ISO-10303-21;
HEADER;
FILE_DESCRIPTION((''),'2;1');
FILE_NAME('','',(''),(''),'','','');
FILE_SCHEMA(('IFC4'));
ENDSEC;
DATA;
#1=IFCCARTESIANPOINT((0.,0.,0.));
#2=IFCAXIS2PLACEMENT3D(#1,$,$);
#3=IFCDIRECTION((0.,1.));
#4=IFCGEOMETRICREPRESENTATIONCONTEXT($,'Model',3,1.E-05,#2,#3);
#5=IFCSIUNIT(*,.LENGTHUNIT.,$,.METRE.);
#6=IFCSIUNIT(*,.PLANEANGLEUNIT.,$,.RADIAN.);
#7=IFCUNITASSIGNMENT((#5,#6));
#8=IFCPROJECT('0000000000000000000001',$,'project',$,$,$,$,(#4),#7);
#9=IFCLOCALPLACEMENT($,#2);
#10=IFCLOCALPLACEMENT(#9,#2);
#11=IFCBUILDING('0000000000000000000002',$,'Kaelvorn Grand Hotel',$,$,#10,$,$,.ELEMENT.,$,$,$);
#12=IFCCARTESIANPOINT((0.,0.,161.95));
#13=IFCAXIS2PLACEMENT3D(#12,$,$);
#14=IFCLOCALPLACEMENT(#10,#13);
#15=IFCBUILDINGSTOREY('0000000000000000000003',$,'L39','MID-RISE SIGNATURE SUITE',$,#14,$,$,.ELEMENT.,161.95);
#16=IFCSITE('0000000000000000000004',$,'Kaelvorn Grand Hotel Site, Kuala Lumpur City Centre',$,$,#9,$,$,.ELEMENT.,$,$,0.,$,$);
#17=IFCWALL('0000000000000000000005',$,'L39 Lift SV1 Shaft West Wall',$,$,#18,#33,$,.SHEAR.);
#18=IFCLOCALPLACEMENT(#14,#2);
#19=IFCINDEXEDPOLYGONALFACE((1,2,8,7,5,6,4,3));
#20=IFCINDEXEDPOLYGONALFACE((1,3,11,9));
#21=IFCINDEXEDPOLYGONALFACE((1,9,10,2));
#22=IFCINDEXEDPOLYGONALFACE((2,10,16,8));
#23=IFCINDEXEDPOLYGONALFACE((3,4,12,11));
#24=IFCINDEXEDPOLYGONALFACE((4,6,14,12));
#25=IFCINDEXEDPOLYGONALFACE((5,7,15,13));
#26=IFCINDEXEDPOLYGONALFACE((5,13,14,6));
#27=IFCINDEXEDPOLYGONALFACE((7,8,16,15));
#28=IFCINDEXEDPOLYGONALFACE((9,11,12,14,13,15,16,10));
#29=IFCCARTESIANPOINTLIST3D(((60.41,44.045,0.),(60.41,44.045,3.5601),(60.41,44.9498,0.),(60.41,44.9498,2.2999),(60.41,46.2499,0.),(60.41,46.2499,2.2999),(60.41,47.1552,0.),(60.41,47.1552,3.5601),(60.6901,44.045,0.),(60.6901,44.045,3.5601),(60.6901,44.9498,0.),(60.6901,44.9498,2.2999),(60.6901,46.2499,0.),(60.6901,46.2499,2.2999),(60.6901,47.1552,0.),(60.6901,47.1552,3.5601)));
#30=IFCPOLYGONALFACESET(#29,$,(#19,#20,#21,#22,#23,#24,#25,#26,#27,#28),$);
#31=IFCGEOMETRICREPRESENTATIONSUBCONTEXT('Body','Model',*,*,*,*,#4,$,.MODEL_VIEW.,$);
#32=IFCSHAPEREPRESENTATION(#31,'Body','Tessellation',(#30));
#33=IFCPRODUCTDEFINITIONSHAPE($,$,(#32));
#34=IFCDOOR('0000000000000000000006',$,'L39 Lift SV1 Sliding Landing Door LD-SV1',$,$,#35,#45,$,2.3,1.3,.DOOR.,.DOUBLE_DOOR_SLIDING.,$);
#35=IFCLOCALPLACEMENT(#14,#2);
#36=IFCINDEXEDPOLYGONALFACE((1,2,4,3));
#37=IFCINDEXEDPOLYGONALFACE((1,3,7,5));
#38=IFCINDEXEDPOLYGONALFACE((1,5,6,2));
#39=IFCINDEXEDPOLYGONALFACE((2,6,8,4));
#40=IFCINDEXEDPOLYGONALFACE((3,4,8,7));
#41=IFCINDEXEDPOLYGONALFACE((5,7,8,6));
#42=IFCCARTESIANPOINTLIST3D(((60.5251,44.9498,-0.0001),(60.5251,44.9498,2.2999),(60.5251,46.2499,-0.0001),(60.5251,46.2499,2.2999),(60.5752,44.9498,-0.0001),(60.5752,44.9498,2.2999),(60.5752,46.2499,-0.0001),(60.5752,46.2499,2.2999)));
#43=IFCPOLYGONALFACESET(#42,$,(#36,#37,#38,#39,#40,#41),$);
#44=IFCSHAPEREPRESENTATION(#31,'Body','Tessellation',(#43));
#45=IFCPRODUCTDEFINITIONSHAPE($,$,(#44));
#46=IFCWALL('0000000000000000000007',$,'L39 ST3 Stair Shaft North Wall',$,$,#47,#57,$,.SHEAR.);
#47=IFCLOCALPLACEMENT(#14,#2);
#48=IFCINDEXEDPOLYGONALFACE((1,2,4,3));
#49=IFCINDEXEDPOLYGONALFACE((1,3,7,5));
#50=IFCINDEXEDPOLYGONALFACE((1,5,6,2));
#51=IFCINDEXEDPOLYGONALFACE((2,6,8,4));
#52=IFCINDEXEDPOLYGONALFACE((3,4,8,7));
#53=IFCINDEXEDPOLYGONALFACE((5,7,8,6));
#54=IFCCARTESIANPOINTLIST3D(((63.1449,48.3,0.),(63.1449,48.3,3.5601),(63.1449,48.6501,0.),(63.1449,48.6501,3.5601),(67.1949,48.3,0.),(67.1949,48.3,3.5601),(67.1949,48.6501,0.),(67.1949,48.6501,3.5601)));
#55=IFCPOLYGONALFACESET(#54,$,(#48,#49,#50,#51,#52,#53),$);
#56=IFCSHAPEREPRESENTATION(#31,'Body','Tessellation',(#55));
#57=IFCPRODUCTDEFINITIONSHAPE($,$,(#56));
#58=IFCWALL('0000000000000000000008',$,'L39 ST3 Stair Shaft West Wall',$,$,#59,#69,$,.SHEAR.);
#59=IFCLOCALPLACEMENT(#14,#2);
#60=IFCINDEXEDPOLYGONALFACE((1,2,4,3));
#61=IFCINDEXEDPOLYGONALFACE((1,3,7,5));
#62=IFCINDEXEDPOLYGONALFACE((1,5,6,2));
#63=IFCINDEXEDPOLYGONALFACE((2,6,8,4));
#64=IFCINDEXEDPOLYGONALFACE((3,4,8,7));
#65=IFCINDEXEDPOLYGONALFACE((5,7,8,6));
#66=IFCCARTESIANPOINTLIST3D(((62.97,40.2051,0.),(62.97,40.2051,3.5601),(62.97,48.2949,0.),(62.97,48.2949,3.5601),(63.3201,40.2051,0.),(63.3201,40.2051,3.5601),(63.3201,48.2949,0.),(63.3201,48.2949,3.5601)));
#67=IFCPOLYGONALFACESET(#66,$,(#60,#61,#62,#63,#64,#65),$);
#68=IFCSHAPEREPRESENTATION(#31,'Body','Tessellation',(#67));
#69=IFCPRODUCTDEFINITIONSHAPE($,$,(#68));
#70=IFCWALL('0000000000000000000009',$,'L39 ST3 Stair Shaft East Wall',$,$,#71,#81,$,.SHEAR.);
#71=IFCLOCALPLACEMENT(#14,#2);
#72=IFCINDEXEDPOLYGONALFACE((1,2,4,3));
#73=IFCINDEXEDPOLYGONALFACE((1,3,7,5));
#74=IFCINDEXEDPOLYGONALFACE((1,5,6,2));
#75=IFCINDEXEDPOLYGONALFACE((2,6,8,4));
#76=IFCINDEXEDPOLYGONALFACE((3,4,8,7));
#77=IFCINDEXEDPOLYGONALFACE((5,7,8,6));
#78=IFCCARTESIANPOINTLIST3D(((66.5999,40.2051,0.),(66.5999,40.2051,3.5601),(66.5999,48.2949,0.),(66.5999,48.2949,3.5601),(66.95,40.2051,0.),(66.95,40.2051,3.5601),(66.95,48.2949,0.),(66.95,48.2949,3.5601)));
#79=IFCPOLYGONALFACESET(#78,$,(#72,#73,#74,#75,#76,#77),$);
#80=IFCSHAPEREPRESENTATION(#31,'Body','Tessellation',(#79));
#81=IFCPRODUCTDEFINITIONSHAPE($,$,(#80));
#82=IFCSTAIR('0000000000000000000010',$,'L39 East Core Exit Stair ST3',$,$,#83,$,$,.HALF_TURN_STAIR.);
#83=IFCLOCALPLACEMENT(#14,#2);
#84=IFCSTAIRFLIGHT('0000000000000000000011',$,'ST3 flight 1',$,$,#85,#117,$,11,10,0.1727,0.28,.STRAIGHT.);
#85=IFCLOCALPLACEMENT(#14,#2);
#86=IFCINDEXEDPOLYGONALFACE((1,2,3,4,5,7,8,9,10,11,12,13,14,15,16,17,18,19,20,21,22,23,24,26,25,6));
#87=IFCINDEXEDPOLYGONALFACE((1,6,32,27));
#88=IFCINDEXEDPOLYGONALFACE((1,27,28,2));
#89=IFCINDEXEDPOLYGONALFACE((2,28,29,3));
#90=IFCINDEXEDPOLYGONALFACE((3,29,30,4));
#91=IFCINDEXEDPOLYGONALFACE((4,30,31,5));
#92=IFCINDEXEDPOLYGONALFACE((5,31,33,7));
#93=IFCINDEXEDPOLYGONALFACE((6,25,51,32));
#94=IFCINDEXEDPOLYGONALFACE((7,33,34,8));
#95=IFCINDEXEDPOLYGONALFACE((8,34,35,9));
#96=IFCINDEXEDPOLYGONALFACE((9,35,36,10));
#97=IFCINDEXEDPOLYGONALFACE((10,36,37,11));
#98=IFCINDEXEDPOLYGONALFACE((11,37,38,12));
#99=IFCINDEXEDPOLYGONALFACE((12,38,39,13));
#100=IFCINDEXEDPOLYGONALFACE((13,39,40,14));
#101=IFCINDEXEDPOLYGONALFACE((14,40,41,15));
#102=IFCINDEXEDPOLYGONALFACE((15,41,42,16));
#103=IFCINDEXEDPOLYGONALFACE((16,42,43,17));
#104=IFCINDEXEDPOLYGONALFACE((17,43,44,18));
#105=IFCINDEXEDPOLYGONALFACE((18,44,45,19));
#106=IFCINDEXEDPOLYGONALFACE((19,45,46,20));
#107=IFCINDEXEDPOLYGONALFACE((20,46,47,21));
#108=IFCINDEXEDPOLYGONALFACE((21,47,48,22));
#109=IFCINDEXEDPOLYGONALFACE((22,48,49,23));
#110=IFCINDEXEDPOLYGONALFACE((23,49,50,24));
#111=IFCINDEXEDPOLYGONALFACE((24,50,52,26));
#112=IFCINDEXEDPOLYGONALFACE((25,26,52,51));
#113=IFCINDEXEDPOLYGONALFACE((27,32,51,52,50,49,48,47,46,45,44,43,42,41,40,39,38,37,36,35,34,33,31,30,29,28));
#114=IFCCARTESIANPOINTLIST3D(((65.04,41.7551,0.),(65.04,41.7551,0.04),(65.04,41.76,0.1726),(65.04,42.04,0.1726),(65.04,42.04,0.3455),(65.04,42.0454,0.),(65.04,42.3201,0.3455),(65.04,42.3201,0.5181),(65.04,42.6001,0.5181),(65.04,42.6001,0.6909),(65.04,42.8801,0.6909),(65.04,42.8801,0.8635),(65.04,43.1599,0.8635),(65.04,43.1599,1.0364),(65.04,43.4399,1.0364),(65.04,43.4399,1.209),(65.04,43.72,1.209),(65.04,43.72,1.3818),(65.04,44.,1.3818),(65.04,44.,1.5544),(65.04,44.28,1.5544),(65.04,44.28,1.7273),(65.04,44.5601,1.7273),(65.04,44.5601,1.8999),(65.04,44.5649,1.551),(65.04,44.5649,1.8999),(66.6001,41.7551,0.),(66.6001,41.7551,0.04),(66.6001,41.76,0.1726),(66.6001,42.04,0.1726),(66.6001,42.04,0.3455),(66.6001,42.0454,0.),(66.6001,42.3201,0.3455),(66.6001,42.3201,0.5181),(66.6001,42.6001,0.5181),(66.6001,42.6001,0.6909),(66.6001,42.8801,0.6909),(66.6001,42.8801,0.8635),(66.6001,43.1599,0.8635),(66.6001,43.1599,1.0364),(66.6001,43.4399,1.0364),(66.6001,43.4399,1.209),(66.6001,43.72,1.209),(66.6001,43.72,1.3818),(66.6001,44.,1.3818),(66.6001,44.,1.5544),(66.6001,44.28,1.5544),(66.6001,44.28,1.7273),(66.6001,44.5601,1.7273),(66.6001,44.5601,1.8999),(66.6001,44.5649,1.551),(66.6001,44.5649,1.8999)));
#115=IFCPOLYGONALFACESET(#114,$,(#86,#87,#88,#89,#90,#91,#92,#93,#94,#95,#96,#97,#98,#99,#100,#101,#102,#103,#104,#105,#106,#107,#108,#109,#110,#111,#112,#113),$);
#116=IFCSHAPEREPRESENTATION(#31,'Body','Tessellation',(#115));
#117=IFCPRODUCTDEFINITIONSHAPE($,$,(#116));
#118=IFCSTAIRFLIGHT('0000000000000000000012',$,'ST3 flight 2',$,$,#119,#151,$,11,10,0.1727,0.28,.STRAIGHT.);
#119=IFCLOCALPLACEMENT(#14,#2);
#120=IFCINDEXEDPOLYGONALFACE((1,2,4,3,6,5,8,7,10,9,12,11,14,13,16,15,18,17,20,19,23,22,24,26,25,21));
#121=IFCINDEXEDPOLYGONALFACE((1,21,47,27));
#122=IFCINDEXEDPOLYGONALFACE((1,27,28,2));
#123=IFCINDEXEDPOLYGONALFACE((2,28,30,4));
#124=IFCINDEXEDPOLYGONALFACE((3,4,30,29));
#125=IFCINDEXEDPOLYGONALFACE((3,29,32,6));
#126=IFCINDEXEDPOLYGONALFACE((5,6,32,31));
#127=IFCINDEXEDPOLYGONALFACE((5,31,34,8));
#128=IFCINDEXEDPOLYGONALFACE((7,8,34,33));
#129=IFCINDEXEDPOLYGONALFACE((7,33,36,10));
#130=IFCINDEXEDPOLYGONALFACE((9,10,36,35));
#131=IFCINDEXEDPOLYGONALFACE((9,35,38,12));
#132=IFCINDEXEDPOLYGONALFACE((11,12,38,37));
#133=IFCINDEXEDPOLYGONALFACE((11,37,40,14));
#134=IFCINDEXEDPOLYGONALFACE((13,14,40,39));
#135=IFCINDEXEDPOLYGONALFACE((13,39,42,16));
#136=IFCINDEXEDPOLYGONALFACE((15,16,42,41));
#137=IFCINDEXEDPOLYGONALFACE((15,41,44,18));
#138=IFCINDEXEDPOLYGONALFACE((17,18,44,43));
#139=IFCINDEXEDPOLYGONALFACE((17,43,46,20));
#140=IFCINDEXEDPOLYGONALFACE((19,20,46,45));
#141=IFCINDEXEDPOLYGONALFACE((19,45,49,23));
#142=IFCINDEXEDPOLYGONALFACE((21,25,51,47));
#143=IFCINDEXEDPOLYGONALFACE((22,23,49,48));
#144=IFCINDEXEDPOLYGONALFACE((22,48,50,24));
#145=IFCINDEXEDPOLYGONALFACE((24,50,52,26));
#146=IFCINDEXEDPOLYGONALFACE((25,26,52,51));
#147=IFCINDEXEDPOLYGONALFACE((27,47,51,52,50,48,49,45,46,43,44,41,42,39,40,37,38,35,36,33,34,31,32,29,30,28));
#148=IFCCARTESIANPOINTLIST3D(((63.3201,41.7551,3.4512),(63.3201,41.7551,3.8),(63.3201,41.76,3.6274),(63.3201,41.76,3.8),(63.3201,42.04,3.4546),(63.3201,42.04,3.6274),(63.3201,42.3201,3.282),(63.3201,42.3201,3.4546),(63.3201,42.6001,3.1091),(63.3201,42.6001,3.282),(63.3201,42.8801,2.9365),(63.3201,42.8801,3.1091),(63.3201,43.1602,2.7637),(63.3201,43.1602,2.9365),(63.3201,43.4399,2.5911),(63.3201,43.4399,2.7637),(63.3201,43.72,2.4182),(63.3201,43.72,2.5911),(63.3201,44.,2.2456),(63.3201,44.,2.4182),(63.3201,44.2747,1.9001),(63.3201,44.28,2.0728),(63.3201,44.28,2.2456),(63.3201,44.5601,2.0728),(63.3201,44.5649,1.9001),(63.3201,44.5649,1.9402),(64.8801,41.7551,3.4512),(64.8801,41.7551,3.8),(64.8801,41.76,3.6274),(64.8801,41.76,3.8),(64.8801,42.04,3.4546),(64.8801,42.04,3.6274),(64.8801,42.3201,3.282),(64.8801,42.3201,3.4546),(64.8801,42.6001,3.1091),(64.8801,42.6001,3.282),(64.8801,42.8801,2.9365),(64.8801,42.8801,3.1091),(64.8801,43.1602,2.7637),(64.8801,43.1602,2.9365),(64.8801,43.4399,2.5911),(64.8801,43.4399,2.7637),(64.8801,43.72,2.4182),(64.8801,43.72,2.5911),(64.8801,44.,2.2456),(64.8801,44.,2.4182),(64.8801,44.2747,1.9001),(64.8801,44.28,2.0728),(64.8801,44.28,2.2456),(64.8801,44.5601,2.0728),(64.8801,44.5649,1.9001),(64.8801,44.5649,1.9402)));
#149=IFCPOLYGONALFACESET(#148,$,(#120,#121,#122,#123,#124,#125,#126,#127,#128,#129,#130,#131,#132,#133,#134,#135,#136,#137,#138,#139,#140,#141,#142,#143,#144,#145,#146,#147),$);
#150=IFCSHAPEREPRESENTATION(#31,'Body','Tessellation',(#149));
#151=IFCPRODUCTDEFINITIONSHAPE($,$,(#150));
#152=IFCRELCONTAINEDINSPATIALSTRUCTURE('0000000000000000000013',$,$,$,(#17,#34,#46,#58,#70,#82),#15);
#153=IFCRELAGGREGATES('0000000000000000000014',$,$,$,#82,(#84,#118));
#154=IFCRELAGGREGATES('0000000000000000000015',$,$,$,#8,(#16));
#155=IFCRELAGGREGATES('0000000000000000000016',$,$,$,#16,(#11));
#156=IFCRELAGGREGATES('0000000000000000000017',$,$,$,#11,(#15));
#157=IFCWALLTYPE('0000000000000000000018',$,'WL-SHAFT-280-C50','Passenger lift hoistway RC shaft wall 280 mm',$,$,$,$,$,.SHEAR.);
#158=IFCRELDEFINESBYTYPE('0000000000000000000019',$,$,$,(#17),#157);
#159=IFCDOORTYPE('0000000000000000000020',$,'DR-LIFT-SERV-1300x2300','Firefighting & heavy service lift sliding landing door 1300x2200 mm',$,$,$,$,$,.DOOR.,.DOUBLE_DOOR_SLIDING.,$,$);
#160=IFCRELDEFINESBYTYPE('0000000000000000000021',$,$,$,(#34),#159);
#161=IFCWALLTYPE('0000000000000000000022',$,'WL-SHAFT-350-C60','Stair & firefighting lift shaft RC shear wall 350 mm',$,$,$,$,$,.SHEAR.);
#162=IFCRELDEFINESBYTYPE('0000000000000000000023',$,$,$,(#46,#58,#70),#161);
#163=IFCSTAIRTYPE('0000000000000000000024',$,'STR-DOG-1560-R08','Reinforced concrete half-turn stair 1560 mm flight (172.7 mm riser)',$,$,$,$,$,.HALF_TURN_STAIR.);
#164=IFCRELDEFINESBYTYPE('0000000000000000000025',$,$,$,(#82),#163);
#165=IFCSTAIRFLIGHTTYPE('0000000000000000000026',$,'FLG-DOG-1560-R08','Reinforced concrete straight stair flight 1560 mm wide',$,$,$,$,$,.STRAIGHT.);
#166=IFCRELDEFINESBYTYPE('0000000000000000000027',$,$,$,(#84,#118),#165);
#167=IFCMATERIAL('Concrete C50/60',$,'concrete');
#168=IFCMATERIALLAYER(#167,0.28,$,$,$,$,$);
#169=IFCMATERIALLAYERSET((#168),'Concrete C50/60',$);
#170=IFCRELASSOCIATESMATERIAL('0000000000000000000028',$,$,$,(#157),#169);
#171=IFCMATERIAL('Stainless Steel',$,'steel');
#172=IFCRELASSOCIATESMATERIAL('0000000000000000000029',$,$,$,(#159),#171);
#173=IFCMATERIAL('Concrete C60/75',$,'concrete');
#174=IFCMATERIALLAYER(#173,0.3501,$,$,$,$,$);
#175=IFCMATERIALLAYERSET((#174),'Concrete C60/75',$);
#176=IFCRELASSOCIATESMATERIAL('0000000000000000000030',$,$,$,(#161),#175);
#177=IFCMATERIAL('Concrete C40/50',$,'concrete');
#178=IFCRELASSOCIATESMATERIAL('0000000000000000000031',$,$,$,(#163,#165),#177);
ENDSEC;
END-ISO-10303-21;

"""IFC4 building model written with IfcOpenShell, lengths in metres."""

from ifc_helpers import new_model, si_unit, direction, frame, frame_2d, origin, place, context, subcontext, project, spatial, polyline, rectangle, outline, extrude, material, layer, layer_set, type_object, element, fill, aggregate, save


model = new_model("IFC4")

# Units and contexts
model_context = context("Model", 3, precision=1e-05, world=origin(), true_north=direction((0.0, 1.0)))
body_context = subcontext(model_context, "Body", "Model", "MODEL_VIEW")
ifc_project = project(units=[si_unit("LENGTHUNIT", "METRE"), si_unit("PLANEANGLEUNIT", "RADIAN")], contexts=[model_context])

# Site, building, storey
site_placement = place(None, origin())
site = spatial("IfcSite", under=ifc_project, at=site_placement, Name="Kaelvorn Grand Hotel Site, Kuala Lumpur City Centre", CompositionType="ELEMENT", RefElevation=0.0)
building_placement = place(site_placement, origin())
building = spatial("IfcBuilding", under=site, at=building_placement, Name="Kaelvorn Grand Hotel", CompositionType="ELEMENT")
storey_placement = place(building_placement, frame((0.0, 0.0, 161.95)))
storey = spatial("IfcBuildingStorey", under=building, at=storey_placement, Name="L39", Description="MID-RISE SIGNATURE SUITE", CompositionType="ELEMENT", Elevation=161.95)

# Shared definitions
ifc_material_1 = material(Name="Concrete C60/75", Category="concrete")

# Shared definitions
ifc_material_2 = material(Name="Concrete C50/60", Category="concrete")

# Shared definitions
ifc_material_3 = material(Name="Concrete C40/50", Category="concrete")

# Shared definitions
ifc_layer_1 = layer(ifc_material_2, 0.28)
ifc_layer_set_1 = layer_set([ifc_layer_1], Name="Concrete C50/60")
wall_type_1 = type_object("IfcWallType", Name="WL-SHAFT-280-C50", Description="Passenger lift hoistway RC shaft wall 280 mm", PredefinedType="SHEAR", material=ifc_layer_set_1)

# Shared definitions
ifc_material_4 = material(Name="Stainless Steel", Category="steel")
door_type_1 = type_object("IfcDoorType", Name="DR-LIFT-SERV-1300x2300", Description="Firefighting & heavy service lift sliding landing door 1300x2200 mm", OperationType="DOUBLE_DOOR_SLIDING", PredefinedType="DOOR", material=ifc_material_4)

# Wall, opening, door
wall_1_placement = place(storey_placement, frame((60.55, 44.0449, 0.0), z_axis=(0.0, 0.0, 1.0), x_axis=(0.0, 1.0, 0.0)))
wall_1 = element("IfcWall", 1, at=wall_1_placement, inside=storey, type_object=wall_type_1, Name="L39 Lift SV1 Shaft West Wall", PredefinedType="SHEAR", context=body_context, shape_type="SweptSolid", body=[
    extrude(rectangle(XDim=3.1101, YDim=0.28, at=frame_2d((1.5552, 0.0))), origin(), (0.0, 0.0, 1.0), 3.5601),
])
opening_1_placement = place(wall_1_placement, frame((0.905, 0.0, 0.0)))
opening_1 = element("IfcOpeningElement", 2, at=opening_1_placement, cuts=wall_1, PredefinedType="OPENING", context=body_context, shape_type="SweptSolid", body=[
    extrude(rectangle(XDim=1.3, YDim=2.3, at=frame_2d((0.6499, 1.1499))), frame((0.0, 0.1499, 0.0), z_axis=(0.0, -1.0, 0.0), x_axis=(1.0, 0.0, 0.0)), (0.0, 0.0, 1.0), 0.3),
])
door_1_placement = place(opening_1_placement, origin())
door_1 = element("IfcDoor", 3, at=door_1_placement, inside=storey, type_object=door_type_1, Name="L39 Lift SV1 Sliding Landing Door LD-SV1", OperationType="DOUBLE_DOOR_SLIDING", OverallHeight=2.3, OverallWidth=1.3, PredefinedType="DOOR", context=body_context, shape_type="SweptSolid", body=[
    extrude(rectangle(XDim=1.3, YDim=2.3, at=frame_2d((0.6499, 1.1499))), frame((0.0, 0.0249, 0.0), z_axis=(0.0, -1.0, 0.0), x_axis=(1.0, 0.0, 0.0)), (0.0, 0.0, 1.0), 0.05),
])
fill(opening_1, door_1)
ifc_layer_2 = layer(ifc_material_1, 0.3501)
ifc_layer_set_2 = layer_set([ifc_layer_2], Name="Concrete C60/75")
wall_type_2 = type_object("IfcWallType", Name="WL-SHAFT-350-C60", Description="Stair & firefighting lift shaft RC shear wall 350 mm", PredefinedType="SHEAR", material=ifc_layer_set_2)

# Walls
wall_2_placement = place(storey_placement, frame((63.145, 48.4751, 0.0), z_axis=(0.0, 0.0, 1.0), x_axis=(1.0, 0.0, 0.0)))
element("IfcWall", 4, at=wall_2_placement, inside=storey, type_object=wall_type_2, Name="L39 ST3 Stair Shaft North Wall", PredefinedType="SHEAR", context=body_context, shape_type="SweptSolid", body=[
    extrude(rectangle(XDim=4.05, YDim=0.3501, at=frame_2d((2.0249, 0.0))), origin(), (0.0, 0.0, 1.0), 3.5601),
])
for number, where, z_axis, x_axis, name in (
    (5, (63.145, 40.2051, 0.0), (0.0, 0.0, 1.0), (0.0, 1.0, 0.0), "L39 ST3 Stair Shaft West Wall"),
    (6, (66.7749, 40.2051, 0.0), (0.0, 0.0, 1.0), (0.0, 1.0, 0.0), "L39 ST3 Stair Shaft East Wall"),
):
    element("IfcWall", number, at=place(storey_placement, frame(where, z_axis=z_axis, x_axis=x_axis)), inside=storey, type_object=wall_type_2, Name=name, PredefinedType="SHEAR", context=body_context, shape_type="SweptSolid", body=[
        extrude(rectangle(XDim=8.0898, YDim=0.3501, at=frame_2d((4.0449, 0.0))), origin(), (0.0, 0.0, 1.0), 3.5601),
    ])

# Stair, stair flights
stair_type = type_object("IfcStairType", Name="STR-DOG-1560-R08", Description="Reinforced concrete half-turn stair 1560 mm flight (172.7 mm riser)", PredefinedType="HALF_TURN_STAIR", material=ifc_material_3)
stair_placement = place(storey_placement, origin())
stair = element("IfcStair", 7, at=stair_placement, inside=storey, type_object=stair_type, Name="L39 East Core Exit Stair ST3", PredefinedType="HALF_TURN_STAIR")
stair_flight_type = type_object("IfcStairFlightType", Name="FLG-DOG-1560-R08", Description="Reinforced concrete straight stair flight 1560 mm wide", PredefinedType="STRAIGHT", material=ifc_material_3)
stair_flight_1_placement = place(storey_placement, frame((65.8201, 41.76, 0.0), z_axis=(0.0, 0.0, 1.0), x_axis=(0.0, 1.0, 0.0)))
stair_flight_1 = element("IfcStairFlight", 8, at=stair_flight_1_placement, type_object=stair_flight_type, Name="ST3 flight 1", NumberOfRisers=11, NumberOfTreads=10, PredefinedType="STRAIGHT", RiserHeight=0.1727, TreadLength=0.28, context=body_context, shape_type="SweptSolid", body=[
    extrude(outline(polyline([(-0.0049, 0.0), (-0.0049, 0.04), (0.0, 0.1726), (0.28, 0.1726), (0.28, 0.3455), (0.5601, 0.3455), (0.5601, 0.5181), (0.8401, 0.5181), (0.8401, 0.6909), (1.1201, 0.6909), (1.1201, 0.8635), (1.3999, 0.8635), (1.3999, 1.0364), (1.6799, 1.0364), (1.6799, 1.209), (1.96, 1.209), (1.96, 1.3818), (2.24, 1.3818), (2.24, 1.5544), (2.52, 1.5544), (2.52, 1.7273), (2.8, 1.7273), (2.8, 1.8999), (2.8049, 1.8999), (2.8049, 1.551), (0.2854, 0.0), (-0.0049, 0.0)])), frame((0.0, 0.78, 0.0), z_axis=(0.0, -1.0, 0.0), x_axis=(1.0, 0.0, 0.0)), (0.0, 0.0, 1.0), 1.5601),
])
stair_flight_2_placement = place(storey_placement, frame((64.1001, 44.5601, 1.9001), z_axis=(0.0, 0.0, 1.0), x_axis=(0.0, -1.0, 0.0)))
stair_flight_2 = element("IfcStairFlight", 9, at=stair_flight_2_placement, type_object=stair_flight_type, Name="ST3 flight 2", NumberOfRisers=11, NumberOfTreads=10, PredefinedType="STRAIGHT", RiserHeight=0.1727, TreadLength=0.28, context=body_context, shape_type="SweptSolid", body=[
    extrude(outline(polyline([(-0.0049, 0.0), (-0.0049, 0.04), (0.0, 0.1726), (0.28, 0.1726), (0.28, 0.3455), (0.5601, 0.3455), (0.5601, 0.5181), (0.8401, 0.5181), (0.8401, 0.6909), (1.1201, 0.6909), (1.1201, 0.8635), (1.3999, 0.8635), (1.3999, 1.0364), (1.6799, 1.0364), (1.6799, 1.209), (1.96, 1.209), (1.96, 1.3818), (2.24, 1.3818), (2.24, 1.5544), (2.52, 1.5544), (2.52, 1.7273), (2.8, 1.7273), (2.8, 1.8999), (2.8049, 1.8999), (2.8049, 1.551), (0.2854, 0.0), (-0.0049, 0.0)])), frame((0.0, 0.78, 0.0), z_axis=(0.0, -1.0, 0.0), x_axis=(1.0, 0.0, 0.0)), (0.0, 0.0, 1.0), 1.5601),
])
aggregate(stair, [stair_flight_1, stair_flight_2])

save(model, "model.ifc")
